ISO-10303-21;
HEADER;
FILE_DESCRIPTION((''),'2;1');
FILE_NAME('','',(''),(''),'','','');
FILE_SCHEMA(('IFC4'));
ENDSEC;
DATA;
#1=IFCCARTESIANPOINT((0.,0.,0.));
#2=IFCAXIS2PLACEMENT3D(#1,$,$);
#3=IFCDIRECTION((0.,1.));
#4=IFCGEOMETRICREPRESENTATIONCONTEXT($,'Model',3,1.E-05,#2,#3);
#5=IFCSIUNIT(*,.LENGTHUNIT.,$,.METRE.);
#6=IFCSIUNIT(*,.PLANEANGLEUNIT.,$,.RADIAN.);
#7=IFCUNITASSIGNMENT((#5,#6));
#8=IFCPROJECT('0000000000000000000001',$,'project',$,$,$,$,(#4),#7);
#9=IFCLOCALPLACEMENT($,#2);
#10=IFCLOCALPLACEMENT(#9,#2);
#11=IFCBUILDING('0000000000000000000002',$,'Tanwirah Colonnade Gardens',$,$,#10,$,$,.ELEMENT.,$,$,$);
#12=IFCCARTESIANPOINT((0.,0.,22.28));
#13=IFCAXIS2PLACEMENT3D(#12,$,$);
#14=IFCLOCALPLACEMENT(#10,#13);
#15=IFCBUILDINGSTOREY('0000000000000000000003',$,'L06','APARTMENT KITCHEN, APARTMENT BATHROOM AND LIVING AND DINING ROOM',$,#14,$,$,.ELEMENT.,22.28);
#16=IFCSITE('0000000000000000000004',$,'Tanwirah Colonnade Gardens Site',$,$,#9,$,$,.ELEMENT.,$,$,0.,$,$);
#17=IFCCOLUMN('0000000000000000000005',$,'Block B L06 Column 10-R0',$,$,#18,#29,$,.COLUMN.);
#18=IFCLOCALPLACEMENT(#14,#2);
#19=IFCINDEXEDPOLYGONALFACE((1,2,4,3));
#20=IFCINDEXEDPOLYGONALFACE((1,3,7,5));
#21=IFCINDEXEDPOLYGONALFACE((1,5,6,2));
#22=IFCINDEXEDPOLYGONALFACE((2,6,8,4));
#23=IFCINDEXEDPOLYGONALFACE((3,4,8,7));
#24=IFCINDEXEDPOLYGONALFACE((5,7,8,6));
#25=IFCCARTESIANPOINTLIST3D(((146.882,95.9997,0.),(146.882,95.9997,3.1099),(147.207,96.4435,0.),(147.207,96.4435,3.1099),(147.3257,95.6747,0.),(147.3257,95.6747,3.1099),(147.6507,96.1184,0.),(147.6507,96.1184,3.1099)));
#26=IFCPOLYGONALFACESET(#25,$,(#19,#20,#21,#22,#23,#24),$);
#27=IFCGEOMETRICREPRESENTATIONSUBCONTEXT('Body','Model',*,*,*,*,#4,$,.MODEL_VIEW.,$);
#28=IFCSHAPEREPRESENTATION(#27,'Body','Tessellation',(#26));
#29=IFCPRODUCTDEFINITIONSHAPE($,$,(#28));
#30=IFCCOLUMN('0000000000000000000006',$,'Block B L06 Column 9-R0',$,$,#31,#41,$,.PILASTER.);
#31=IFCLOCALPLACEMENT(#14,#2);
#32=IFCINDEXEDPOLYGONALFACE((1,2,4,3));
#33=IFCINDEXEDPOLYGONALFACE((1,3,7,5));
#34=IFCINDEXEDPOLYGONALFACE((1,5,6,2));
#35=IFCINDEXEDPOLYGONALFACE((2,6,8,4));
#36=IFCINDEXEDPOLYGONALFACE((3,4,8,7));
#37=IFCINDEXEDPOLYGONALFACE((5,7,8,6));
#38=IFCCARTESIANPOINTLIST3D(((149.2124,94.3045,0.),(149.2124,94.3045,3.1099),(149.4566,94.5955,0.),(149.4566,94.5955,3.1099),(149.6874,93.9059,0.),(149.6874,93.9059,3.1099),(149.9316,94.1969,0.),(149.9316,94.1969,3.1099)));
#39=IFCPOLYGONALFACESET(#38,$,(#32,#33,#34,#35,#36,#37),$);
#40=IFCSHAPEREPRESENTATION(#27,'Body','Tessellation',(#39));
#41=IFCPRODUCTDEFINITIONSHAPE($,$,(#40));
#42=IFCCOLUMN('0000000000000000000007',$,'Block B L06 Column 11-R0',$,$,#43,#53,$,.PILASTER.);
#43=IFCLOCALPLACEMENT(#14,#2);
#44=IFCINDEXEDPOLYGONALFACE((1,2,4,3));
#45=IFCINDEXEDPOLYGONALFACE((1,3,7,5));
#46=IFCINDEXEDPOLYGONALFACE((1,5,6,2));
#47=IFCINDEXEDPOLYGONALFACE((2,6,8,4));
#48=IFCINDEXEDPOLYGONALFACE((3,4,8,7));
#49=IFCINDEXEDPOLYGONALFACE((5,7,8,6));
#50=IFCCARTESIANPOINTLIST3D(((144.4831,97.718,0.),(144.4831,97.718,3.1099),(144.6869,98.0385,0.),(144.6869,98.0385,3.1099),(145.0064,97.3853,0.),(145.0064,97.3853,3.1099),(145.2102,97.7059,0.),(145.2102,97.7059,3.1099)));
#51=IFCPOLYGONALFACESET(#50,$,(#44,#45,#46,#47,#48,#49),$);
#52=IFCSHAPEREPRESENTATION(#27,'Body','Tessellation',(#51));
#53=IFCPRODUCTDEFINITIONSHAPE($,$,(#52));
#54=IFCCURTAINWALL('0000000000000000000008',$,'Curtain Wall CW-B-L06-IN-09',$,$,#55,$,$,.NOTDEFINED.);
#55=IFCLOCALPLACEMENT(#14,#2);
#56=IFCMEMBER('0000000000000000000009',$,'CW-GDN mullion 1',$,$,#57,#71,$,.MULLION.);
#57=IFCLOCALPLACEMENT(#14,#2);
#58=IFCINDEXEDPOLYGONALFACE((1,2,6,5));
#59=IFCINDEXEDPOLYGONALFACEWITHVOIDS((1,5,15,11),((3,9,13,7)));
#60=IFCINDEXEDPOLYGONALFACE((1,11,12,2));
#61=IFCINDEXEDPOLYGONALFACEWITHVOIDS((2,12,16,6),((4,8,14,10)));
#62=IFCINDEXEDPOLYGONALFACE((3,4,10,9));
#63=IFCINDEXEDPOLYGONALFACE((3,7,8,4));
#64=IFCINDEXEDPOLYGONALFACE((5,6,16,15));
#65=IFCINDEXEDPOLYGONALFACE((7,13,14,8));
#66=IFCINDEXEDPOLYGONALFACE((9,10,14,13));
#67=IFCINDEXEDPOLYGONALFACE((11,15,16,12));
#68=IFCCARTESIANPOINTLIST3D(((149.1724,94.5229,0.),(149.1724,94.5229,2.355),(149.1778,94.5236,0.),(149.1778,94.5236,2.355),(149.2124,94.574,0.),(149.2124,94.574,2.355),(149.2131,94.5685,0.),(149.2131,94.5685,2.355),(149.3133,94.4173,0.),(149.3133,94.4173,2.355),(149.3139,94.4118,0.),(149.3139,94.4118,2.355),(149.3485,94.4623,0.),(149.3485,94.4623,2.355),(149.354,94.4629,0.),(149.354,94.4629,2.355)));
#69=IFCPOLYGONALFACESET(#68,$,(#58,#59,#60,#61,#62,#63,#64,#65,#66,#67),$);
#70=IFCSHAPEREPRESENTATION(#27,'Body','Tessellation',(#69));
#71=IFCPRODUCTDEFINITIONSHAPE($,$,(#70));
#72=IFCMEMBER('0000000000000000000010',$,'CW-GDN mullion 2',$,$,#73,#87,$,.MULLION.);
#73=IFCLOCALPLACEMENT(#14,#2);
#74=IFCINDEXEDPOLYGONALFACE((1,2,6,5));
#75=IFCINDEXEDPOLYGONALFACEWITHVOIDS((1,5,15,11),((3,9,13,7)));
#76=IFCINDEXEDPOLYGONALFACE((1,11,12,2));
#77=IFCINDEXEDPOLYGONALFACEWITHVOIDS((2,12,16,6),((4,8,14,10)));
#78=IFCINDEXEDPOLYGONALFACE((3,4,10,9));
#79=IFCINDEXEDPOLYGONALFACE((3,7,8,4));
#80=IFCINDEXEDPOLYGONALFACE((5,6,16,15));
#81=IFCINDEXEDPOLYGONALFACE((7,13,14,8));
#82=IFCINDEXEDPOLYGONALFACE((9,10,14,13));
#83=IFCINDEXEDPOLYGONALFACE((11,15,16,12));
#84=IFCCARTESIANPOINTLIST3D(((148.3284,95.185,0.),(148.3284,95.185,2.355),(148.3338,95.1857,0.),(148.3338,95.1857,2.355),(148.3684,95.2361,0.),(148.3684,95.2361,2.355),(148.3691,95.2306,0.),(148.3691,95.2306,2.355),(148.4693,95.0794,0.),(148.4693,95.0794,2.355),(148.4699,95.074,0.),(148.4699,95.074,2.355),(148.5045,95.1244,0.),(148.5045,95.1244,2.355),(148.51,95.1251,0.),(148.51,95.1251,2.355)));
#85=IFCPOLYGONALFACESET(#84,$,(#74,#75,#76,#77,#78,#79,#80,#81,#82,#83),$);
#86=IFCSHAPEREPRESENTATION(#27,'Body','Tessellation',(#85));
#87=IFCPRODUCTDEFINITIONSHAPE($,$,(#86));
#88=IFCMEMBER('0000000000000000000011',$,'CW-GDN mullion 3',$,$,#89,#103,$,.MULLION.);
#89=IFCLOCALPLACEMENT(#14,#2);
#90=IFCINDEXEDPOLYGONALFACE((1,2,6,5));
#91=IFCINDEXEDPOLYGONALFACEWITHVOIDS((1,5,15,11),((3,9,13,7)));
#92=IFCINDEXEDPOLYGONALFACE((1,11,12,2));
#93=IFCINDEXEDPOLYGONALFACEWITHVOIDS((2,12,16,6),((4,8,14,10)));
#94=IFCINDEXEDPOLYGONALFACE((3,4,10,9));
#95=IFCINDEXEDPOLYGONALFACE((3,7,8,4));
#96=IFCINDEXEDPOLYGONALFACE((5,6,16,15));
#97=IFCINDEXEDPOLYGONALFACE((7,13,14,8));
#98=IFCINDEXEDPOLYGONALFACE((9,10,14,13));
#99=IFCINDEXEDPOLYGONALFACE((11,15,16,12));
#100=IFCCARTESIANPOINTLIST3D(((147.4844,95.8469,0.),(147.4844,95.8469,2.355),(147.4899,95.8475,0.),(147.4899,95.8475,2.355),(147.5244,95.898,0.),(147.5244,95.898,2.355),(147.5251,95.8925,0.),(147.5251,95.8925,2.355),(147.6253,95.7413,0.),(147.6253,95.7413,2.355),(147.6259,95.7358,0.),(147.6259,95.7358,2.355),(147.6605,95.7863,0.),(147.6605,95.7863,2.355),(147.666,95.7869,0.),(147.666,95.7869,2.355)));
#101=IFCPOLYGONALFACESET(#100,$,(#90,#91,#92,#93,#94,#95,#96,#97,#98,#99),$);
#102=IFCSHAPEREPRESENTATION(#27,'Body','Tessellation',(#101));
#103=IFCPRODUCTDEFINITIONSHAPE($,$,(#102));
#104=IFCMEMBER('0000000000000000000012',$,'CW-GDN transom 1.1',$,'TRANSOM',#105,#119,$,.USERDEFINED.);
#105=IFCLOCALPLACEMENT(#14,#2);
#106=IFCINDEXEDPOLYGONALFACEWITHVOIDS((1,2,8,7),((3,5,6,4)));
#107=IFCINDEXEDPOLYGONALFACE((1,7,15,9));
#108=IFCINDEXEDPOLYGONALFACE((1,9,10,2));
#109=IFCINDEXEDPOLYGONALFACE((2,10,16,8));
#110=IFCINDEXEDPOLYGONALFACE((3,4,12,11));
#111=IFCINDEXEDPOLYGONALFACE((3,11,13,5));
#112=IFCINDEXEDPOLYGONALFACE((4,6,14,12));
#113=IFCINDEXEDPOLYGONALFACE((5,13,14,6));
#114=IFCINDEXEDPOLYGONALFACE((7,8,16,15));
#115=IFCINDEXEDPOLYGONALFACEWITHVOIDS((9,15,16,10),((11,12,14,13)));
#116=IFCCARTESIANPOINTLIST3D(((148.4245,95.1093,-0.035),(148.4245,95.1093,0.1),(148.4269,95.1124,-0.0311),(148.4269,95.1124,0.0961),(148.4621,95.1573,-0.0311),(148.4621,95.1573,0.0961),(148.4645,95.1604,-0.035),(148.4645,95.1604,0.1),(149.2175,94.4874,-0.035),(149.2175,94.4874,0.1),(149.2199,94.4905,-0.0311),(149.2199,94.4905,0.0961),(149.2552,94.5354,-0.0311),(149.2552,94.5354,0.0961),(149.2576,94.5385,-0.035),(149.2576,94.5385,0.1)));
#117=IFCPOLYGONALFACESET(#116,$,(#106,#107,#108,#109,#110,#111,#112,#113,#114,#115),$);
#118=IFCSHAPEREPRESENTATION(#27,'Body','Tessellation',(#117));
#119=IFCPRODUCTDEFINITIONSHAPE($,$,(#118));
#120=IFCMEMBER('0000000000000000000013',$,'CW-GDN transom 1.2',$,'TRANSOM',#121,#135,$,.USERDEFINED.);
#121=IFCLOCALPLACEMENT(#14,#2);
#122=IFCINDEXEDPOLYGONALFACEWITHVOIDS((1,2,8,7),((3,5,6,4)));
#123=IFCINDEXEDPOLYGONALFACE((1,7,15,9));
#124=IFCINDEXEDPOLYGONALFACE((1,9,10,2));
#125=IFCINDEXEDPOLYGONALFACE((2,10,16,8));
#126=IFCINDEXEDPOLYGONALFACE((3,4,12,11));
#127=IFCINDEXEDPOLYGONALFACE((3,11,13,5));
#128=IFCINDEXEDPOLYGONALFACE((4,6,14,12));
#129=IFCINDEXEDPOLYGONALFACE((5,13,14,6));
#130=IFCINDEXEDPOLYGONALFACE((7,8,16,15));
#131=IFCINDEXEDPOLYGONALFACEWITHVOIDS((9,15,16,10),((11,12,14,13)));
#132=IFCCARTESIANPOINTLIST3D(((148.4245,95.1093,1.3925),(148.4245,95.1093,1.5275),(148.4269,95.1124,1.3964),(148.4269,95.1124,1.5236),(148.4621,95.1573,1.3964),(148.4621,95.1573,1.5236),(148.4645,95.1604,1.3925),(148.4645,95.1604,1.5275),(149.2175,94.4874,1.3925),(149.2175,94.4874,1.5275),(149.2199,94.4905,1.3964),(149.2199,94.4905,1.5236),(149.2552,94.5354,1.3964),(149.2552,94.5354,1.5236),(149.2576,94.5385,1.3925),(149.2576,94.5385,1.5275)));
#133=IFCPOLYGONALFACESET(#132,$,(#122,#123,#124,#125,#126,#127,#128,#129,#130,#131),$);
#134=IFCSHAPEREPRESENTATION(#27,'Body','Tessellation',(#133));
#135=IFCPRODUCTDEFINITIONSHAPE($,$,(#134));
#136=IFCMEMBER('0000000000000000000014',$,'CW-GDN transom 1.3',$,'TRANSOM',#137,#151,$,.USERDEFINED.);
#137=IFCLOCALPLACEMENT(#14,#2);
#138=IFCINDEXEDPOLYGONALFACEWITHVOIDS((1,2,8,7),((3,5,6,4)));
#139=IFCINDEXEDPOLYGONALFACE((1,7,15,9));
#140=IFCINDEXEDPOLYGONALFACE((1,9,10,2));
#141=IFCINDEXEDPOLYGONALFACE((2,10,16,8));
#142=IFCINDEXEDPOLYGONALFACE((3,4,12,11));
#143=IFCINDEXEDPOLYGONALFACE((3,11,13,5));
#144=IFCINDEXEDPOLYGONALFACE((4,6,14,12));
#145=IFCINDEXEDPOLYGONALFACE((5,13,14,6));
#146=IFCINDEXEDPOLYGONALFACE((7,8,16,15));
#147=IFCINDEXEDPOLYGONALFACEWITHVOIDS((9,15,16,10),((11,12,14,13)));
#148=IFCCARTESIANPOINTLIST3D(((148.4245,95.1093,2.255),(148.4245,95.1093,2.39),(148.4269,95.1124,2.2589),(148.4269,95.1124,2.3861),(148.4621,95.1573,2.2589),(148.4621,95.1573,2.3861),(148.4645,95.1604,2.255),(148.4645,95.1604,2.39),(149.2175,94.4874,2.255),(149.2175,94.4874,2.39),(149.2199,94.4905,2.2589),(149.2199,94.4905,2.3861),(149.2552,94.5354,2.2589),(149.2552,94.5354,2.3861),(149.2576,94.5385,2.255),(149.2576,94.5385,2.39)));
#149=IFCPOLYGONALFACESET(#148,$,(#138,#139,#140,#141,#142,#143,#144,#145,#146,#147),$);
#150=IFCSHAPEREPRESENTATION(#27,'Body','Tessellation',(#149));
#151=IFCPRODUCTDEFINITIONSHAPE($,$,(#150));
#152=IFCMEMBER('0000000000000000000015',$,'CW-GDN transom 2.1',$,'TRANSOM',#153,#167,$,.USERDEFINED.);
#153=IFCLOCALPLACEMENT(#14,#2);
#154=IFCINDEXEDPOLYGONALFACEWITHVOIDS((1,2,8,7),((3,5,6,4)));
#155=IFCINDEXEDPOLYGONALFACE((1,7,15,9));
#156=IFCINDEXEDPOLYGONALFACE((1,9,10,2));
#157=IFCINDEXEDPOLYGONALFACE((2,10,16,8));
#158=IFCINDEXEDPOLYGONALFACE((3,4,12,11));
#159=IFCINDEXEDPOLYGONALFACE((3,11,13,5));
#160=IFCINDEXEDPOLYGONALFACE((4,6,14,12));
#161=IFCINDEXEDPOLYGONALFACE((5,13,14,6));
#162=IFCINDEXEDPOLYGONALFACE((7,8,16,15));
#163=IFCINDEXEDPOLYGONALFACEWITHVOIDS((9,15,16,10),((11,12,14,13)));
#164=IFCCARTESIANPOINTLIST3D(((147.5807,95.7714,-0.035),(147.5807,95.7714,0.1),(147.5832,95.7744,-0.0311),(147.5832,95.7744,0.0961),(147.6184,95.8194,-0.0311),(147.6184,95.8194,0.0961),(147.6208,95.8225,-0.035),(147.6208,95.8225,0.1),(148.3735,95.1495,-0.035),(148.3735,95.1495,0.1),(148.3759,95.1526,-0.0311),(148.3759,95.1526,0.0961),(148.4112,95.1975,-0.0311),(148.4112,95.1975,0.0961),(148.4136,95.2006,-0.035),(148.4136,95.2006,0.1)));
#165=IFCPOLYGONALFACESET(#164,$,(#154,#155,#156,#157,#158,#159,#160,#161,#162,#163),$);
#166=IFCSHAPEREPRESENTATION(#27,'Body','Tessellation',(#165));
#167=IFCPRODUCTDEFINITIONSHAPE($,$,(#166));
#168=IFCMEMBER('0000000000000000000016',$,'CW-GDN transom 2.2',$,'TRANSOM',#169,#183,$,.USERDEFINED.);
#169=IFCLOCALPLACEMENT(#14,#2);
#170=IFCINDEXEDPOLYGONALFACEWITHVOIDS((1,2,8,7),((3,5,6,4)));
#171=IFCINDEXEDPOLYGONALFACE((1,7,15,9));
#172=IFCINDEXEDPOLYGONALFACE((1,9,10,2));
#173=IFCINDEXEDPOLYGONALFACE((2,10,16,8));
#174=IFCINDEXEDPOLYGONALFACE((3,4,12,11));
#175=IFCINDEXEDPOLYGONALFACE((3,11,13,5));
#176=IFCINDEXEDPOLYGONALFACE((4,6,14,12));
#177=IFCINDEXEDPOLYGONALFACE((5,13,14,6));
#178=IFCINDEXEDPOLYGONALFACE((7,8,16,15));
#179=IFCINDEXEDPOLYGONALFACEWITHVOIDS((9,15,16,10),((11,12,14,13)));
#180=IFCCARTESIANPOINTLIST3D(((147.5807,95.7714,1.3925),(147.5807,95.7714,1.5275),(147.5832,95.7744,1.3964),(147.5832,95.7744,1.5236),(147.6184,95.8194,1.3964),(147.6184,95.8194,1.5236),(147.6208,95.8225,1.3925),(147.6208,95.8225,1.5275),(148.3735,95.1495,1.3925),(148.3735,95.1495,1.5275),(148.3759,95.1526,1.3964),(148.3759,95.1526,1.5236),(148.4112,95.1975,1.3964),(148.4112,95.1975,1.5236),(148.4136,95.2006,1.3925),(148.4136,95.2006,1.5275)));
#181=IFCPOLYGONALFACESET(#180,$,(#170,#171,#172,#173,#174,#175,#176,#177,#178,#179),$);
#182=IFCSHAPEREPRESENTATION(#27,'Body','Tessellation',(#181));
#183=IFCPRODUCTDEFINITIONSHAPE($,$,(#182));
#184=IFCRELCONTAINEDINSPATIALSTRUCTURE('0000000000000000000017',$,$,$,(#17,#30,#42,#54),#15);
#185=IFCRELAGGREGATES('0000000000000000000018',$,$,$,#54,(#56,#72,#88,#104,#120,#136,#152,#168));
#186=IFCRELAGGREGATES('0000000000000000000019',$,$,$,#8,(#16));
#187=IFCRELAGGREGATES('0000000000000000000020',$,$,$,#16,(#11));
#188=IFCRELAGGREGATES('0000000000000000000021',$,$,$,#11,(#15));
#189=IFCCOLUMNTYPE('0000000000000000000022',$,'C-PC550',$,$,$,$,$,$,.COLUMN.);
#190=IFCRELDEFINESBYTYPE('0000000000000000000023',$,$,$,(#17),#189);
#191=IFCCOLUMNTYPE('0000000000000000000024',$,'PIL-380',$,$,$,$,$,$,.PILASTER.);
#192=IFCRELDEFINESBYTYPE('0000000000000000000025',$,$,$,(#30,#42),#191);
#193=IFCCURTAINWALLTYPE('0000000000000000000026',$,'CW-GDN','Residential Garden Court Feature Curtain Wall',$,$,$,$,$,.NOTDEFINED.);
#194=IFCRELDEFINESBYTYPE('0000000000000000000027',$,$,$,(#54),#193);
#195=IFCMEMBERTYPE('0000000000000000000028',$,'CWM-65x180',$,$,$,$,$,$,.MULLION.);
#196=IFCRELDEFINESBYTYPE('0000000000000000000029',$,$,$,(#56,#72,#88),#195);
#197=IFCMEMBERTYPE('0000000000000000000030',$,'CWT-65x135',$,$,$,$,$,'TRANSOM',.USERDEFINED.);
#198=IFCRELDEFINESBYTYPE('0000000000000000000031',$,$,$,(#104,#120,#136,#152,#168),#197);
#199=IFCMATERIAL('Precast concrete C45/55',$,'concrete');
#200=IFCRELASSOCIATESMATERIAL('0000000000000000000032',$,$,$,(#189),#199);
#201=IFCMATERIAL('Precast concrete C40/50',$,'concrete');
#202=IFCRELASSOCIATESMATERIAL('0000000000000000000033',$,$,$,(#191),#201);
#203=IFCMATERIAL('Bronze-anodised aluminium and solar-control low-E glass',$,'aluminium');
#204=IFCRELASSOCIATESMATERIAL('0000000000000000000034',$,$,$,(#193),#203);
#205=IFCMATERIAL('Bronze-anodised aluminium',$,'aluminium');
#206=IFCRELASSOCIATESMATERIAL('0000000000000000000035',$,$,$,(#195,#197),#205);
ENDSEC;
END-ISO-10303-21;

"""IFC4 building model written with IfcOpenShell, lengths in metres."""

from ifc_helpers import new_model, si_unit, direction, frame, origin, origin_2d, place, context, subcontext, project, spatial, rectangle, hollow_rectangle, extrude, material, material_profile, profile_set, type_object, element, aggregate, save


model = new_model("IFC4")

# Units and contexts
model_context = context("Model", 3, precision=1e-05, world=origin(), true_north=direction((0.0, 1.0)))
body_context = subcontext(model_context, "Body", "Model", "MODEL_VIEW")
ifc_project = project(units=[si_unit("LENGTHUNIT", "METRE"), si_unit("PLANEANGLEUNIT", "RADIAN")], contexts=[model_context])

# Site, building, storey
site_placement = place(None, origin())
site = spatial("IfcSite", under=ifc_project, at=site_placement, Name="Tanwirah Colonnade Gardens Site", CompositionType="ELEMENT", RefElevation=0.0)
building_placement = place(site_placement, origin())
building = spatial("IfcBuilding", under=site, at=building_placement, Name="Tanwirah Colonnade Gardens", CompositionType="ELEMENT")
storey_placement = place(building_placement, frame((0.0, 0.0, 22.28)))
storey = spatial("IfcBuildingStorey", under=building, at=storey_placement, Name="L06", Description="APARTMENT KITCHEN, APARTMENT BATHROOM AND LIVING AND DINING ROOM", CompositionType="ELEMENT", Elevation=22.28)

# Columns
ifc_material_1 = material(Name="Precast concrete C45/55", Category="concrete")
ifc_material_profile_1 = material_profile(ifc_material_1, rectangle(XDim=0.55, YDim=0.55, at=origin_2d()), Name="PC-COL 550x550")
ifc_profile_set_1 = profile_set([ifc_material_profile_1], Name="Precast concrete C45/55")
column_type_1 = type_object("IfcColumnType", Name="C-PC550", PredefinedType="COLUMN", material=ifc_profile_set_1)
column_placement = place(storey_placement, frame((147.2664, 96.0591, 0.0), z_axis=(0.0, 0.0, 1.0), x_axis=(0.590919, 0.806731, 0.0)))
element("IfcColumn", 1, at=column_placement, inside=storey, type_object=column_type_1, Name="Block B L06 Column 10-R0", PredefinedType="COLUMN", context=body_context, shape_type="SweptSolid", body=[
    extrude(rectangle(XDim=0.55, YDim=0.55, at=origin_2d()), origin(), (0.0, 0.0, 1.0), 3.1099),
])
ifc_material_2 = material(Name="Precast concrete C40/50", Category="concrete")
ifc_material_profile_2 = material_profile(ifc_material_2, rectangle(XDim=0.3799, YDim=0.6201, at=origin_2d()), Name="PC-PIL 380x620")
ifc_profile_set_2 = profile_set([ifc_material_profile_2], Name="Precast concrete C40/50")
column_type_2 = type_object("IfcColumnType", Name="PIL-380", PredefinedType="PILASTER", material=ifc_profile_set_2)
for number, where, z_axis, x_axis, name in (
    (2, (149.572, 94.2507, 0.0), (0.0, 0.0, 1.0), (0.642788, 0.766044, 0.0), "Block B L06 Column 9-R0"),
    (3, (144.8467, 97.7119, 0.0), (0.0, 0.0, 1.0), (0.536482, 0.843912, 0.0), "Block B L06 Column 11-R0"),
):
    element("IfcColumn", number, at=place(storey_placement, frame(where, z_axis=z_axis, x_axis=x_axis)), inside=storey, type_object=column_type_2, Name=name, PredefinedType="PILASTER", context=body_context, shape_type="SweptSolid", body=[
        extrude(rectangle(XDim=0.3799, YDim=0.6201, at=origin_2d()), origin(), (0.0, 0.0, 1.0), 3.1099),
    ])

# Curtain wall, members
ifc_material_3 = material(Name="Bronze-anodised aluminium and solar-control low-E glass", Category="aluminium")
curtain_wall_type = type_object("IfcCurtainWallType", Name="CW-GDN", Description="Residential Garden Court Feature Curtain Wall", PredefinedType="NOTDEFINED", material=ifc_material_3)
curtain_wall_placement = place(storey_placement, origin())
curtain_wall = element("IfcCurtainWall", 4, at=curtain_wall_placement, inside=storey, type_object=curtain_wall_type, Name="Curtain Wall CW-B-L06-IN-09", PredefinedType="NOTDEFINED")
ifc_material_4 = material(Name="Bronze-anodised aluminium", Category="aluminium")
ifc_material_profile_3 = material_profile(ifc_material_4, hollow_rectangle(XDim=0.0649, YDim=0.1799, WallThickness=0.0039, at=origin_2d()), Name="CW-MUL 65x180x4")
ifc_profile_set_3 = profile_set([ifc_material_profile_3], Name="Bronze-anodised aluminium")
member_type_1 = type_object("IfcMemberType", Name="CWM-65x180", PredefinedType="MULLION", material=ifc_profile_set_3)
member_1_placement = place(storey_placement, frame((149.2632, 94.4929, 0.0), z_axis=(0.0, 0.0, 1.0), x_axis=(-0.617189, -0.786815, 0.0)))
member_1 = element("IfcMember", 5, at=member_1_placement, type_object=member_type_1, Name="CW-GDN mullion 1", PredefinedType="MULLION", context=body_context, shape_type="SweptSolid", body=[
    extrude(hollow_rectangle(XDim=0.0649, YDim=0.1799, WallThickness=0.0039, at=origin_2d()), origin(), (0.0, 0.0, 1.0), 2.355),
])
member_2_placement = place(storey_placement, frame((148.4192, 95.155, 0.0), z_axis=(0.0, 0.0, 1.0), x_axis=(-0.617189, -0.786815, 0.0)))
member_2 = element("IfcMember", 6, at=member_2_placement, type_object=member_type_1, Name="CW-GDN mullion 2", PredefinedType="MULLION", context=body_context, shape_type="SweptSolid", body=[
    extrude(hollow_rectangle(XDim=0.0649, YDim=0.1799, WallThickness=0.0039, at=origin_2d()), origin(), (0.0, 0.0, 1.0), 2.355),
])
member_3_placement = place(storey_placement, frame((147.5752, 95.8169, 0.0), z_axis=(0.0, 0.0, 1.0), x_axis=(-0.617189, -0.786815, 0.0)))
member_3 = element("IfcMember", 7, at=member_3_placement, type_object=member_type_1, Name="CW-GDN mullion 3", PredefinedType="MULLION", context=body_context, shape_type="SweptSolid", body=[
    extrude(hollow_rectangle(XDim=0.0649, YDim=0.1799, WallThickness=0.0039, at=origin_2d()), origin(), (0.0, 0.0, 1.0), 2.355),
])
ifc_material_profile_4 = material_profile(ifc_material_4, hollow_rectangle(XDim=0.0649, YDim=0.135, WallThickness=0.0039, at=origin_2d()), Name="CW-TRN 65x135x4")
ifc_profile_set_4 = profile_set([ifc_material_profile_4], Name="Bronze-anodised aluminium")
member_type_2 = type_object("IfcMemberType", Name="CWT-65x135", ElementType="TRANSOM", PredefinedType="USERDEFINED", material=ifc_profile_set_4)
member_4_placement = place(storey_placement, frame((149.2375, 94.5129, 0.0325), z_axis=(-0.786906, 0.617072, 0.0), x_axis=(-0.617072, -0.786906, 0.0)))
member_4 = element("IfcMember", 8, at=member_4_placement, type_object=member_type_2, Name="CW-GDN transom 1.1", ObjectType="TRANSOM", PredefinedType="USERDEFINED", context=body_context, shape_type="SweptSolid", body=[
    extrude(hollow_rectangle(XDim=0.0649, YDim=0.135, WallThickness=0.0039, at=origin_2d()), origin(), (0.0, 0.0, 1.0), 1.0078),
])
member_5_placement = place(storey_placement, frame((149.2375, 94.5129, 1.46), z_axis=(-0.786906, 0.617072, 0.0), x_axis=(-0.617072, -0.786906, 0.0)))
member_5 = element("IfcMember", 9, at=member_5_placement, type_object=member_type_2, Name="CW-GDN transom 1.2", ObjectType="TRANSOM", PredefinedType="USERDEFINED", context=body_context, shape_type="SweptSolid", body=[
    extrude(hollow_rectangle(XDim=0.0649, YDim=0.135, WallThickness=0.0039, at=origin_2d()), origin(), (0.0, 0.0, 1.0), 1.0078),
])
member_6_placement = place(storey_placement, frame((149.2375, 94.5129, 2.3225), z_axis=(-0.786906, 0.617072, 0.0), x_axis=(-0.617072, -0.786906, 0.0)))
member_6 = element("IfcMember", 10, at=member_6_placement, type_object=member_type_2, Name="CW-GDN transom 1.3", ObjectType="TRANSOM", PredefinedType="USERDEFINED", context=body_context, shape_type="SweptSolid", body=[
    extrude(hollow_rectangle(XDim=0.0649, YDim=0.135, WallThickness=0.0039, at=origin_2d()), origin(), (0.0, 0.0, 1.0), 1.0078),
])
member_7_placement = place(storey_placement, frame((148.3936, 95.175, 0.0325), z_axis=(-0.786814, 0.61719, 0.0), x_axis=(-0.61719, -0.786814, 0.0)))
member_7 = element("IfcMember", 11, at=member_7_placement, type_object=member_type_2, Name="CW-GDN transom 2.1", ObjectType="TRANSOM", PredefinedType="USERDEFINED", context=body_context, shape_type="SweptSolid", body=[
    extrude(hollow_rectangle(XDim=0.0649, YDim=0.135, WallThickness=0.0039, at=origin_2d()), origin(), (0.0, 0.0, 1.0), 1.0076),
])
member_8_placement = place(storey_placement, frame((148.3936, 95.175, 1.46), z_axis=(-0.786814, 0.61719, 0.0), x_axis=(-0.61719, -0.786814, 0.0)))
member_8 = element("IfcMember", 12, at=member_8_placement, type_object=member_type_2, Name="CW-GDN transom 2.2", ObjectType="TRANSOM", PredefinedType="USERDEFINED", context=body_context, shape_type="SweptSolid", body=[
    extrude(hollow_rectangle(XDim=0.0649, YDim=0.135, WallThickness=0.0039, at=origin_2d()), origin(), (0.0, 0.0, 1.0), 1.0076),
])

aggregate(curtain_wall, [member_1, member_2, member_3, member_4, member_5, member_6, member_7, member_8])

save(model, "model.ifc")
